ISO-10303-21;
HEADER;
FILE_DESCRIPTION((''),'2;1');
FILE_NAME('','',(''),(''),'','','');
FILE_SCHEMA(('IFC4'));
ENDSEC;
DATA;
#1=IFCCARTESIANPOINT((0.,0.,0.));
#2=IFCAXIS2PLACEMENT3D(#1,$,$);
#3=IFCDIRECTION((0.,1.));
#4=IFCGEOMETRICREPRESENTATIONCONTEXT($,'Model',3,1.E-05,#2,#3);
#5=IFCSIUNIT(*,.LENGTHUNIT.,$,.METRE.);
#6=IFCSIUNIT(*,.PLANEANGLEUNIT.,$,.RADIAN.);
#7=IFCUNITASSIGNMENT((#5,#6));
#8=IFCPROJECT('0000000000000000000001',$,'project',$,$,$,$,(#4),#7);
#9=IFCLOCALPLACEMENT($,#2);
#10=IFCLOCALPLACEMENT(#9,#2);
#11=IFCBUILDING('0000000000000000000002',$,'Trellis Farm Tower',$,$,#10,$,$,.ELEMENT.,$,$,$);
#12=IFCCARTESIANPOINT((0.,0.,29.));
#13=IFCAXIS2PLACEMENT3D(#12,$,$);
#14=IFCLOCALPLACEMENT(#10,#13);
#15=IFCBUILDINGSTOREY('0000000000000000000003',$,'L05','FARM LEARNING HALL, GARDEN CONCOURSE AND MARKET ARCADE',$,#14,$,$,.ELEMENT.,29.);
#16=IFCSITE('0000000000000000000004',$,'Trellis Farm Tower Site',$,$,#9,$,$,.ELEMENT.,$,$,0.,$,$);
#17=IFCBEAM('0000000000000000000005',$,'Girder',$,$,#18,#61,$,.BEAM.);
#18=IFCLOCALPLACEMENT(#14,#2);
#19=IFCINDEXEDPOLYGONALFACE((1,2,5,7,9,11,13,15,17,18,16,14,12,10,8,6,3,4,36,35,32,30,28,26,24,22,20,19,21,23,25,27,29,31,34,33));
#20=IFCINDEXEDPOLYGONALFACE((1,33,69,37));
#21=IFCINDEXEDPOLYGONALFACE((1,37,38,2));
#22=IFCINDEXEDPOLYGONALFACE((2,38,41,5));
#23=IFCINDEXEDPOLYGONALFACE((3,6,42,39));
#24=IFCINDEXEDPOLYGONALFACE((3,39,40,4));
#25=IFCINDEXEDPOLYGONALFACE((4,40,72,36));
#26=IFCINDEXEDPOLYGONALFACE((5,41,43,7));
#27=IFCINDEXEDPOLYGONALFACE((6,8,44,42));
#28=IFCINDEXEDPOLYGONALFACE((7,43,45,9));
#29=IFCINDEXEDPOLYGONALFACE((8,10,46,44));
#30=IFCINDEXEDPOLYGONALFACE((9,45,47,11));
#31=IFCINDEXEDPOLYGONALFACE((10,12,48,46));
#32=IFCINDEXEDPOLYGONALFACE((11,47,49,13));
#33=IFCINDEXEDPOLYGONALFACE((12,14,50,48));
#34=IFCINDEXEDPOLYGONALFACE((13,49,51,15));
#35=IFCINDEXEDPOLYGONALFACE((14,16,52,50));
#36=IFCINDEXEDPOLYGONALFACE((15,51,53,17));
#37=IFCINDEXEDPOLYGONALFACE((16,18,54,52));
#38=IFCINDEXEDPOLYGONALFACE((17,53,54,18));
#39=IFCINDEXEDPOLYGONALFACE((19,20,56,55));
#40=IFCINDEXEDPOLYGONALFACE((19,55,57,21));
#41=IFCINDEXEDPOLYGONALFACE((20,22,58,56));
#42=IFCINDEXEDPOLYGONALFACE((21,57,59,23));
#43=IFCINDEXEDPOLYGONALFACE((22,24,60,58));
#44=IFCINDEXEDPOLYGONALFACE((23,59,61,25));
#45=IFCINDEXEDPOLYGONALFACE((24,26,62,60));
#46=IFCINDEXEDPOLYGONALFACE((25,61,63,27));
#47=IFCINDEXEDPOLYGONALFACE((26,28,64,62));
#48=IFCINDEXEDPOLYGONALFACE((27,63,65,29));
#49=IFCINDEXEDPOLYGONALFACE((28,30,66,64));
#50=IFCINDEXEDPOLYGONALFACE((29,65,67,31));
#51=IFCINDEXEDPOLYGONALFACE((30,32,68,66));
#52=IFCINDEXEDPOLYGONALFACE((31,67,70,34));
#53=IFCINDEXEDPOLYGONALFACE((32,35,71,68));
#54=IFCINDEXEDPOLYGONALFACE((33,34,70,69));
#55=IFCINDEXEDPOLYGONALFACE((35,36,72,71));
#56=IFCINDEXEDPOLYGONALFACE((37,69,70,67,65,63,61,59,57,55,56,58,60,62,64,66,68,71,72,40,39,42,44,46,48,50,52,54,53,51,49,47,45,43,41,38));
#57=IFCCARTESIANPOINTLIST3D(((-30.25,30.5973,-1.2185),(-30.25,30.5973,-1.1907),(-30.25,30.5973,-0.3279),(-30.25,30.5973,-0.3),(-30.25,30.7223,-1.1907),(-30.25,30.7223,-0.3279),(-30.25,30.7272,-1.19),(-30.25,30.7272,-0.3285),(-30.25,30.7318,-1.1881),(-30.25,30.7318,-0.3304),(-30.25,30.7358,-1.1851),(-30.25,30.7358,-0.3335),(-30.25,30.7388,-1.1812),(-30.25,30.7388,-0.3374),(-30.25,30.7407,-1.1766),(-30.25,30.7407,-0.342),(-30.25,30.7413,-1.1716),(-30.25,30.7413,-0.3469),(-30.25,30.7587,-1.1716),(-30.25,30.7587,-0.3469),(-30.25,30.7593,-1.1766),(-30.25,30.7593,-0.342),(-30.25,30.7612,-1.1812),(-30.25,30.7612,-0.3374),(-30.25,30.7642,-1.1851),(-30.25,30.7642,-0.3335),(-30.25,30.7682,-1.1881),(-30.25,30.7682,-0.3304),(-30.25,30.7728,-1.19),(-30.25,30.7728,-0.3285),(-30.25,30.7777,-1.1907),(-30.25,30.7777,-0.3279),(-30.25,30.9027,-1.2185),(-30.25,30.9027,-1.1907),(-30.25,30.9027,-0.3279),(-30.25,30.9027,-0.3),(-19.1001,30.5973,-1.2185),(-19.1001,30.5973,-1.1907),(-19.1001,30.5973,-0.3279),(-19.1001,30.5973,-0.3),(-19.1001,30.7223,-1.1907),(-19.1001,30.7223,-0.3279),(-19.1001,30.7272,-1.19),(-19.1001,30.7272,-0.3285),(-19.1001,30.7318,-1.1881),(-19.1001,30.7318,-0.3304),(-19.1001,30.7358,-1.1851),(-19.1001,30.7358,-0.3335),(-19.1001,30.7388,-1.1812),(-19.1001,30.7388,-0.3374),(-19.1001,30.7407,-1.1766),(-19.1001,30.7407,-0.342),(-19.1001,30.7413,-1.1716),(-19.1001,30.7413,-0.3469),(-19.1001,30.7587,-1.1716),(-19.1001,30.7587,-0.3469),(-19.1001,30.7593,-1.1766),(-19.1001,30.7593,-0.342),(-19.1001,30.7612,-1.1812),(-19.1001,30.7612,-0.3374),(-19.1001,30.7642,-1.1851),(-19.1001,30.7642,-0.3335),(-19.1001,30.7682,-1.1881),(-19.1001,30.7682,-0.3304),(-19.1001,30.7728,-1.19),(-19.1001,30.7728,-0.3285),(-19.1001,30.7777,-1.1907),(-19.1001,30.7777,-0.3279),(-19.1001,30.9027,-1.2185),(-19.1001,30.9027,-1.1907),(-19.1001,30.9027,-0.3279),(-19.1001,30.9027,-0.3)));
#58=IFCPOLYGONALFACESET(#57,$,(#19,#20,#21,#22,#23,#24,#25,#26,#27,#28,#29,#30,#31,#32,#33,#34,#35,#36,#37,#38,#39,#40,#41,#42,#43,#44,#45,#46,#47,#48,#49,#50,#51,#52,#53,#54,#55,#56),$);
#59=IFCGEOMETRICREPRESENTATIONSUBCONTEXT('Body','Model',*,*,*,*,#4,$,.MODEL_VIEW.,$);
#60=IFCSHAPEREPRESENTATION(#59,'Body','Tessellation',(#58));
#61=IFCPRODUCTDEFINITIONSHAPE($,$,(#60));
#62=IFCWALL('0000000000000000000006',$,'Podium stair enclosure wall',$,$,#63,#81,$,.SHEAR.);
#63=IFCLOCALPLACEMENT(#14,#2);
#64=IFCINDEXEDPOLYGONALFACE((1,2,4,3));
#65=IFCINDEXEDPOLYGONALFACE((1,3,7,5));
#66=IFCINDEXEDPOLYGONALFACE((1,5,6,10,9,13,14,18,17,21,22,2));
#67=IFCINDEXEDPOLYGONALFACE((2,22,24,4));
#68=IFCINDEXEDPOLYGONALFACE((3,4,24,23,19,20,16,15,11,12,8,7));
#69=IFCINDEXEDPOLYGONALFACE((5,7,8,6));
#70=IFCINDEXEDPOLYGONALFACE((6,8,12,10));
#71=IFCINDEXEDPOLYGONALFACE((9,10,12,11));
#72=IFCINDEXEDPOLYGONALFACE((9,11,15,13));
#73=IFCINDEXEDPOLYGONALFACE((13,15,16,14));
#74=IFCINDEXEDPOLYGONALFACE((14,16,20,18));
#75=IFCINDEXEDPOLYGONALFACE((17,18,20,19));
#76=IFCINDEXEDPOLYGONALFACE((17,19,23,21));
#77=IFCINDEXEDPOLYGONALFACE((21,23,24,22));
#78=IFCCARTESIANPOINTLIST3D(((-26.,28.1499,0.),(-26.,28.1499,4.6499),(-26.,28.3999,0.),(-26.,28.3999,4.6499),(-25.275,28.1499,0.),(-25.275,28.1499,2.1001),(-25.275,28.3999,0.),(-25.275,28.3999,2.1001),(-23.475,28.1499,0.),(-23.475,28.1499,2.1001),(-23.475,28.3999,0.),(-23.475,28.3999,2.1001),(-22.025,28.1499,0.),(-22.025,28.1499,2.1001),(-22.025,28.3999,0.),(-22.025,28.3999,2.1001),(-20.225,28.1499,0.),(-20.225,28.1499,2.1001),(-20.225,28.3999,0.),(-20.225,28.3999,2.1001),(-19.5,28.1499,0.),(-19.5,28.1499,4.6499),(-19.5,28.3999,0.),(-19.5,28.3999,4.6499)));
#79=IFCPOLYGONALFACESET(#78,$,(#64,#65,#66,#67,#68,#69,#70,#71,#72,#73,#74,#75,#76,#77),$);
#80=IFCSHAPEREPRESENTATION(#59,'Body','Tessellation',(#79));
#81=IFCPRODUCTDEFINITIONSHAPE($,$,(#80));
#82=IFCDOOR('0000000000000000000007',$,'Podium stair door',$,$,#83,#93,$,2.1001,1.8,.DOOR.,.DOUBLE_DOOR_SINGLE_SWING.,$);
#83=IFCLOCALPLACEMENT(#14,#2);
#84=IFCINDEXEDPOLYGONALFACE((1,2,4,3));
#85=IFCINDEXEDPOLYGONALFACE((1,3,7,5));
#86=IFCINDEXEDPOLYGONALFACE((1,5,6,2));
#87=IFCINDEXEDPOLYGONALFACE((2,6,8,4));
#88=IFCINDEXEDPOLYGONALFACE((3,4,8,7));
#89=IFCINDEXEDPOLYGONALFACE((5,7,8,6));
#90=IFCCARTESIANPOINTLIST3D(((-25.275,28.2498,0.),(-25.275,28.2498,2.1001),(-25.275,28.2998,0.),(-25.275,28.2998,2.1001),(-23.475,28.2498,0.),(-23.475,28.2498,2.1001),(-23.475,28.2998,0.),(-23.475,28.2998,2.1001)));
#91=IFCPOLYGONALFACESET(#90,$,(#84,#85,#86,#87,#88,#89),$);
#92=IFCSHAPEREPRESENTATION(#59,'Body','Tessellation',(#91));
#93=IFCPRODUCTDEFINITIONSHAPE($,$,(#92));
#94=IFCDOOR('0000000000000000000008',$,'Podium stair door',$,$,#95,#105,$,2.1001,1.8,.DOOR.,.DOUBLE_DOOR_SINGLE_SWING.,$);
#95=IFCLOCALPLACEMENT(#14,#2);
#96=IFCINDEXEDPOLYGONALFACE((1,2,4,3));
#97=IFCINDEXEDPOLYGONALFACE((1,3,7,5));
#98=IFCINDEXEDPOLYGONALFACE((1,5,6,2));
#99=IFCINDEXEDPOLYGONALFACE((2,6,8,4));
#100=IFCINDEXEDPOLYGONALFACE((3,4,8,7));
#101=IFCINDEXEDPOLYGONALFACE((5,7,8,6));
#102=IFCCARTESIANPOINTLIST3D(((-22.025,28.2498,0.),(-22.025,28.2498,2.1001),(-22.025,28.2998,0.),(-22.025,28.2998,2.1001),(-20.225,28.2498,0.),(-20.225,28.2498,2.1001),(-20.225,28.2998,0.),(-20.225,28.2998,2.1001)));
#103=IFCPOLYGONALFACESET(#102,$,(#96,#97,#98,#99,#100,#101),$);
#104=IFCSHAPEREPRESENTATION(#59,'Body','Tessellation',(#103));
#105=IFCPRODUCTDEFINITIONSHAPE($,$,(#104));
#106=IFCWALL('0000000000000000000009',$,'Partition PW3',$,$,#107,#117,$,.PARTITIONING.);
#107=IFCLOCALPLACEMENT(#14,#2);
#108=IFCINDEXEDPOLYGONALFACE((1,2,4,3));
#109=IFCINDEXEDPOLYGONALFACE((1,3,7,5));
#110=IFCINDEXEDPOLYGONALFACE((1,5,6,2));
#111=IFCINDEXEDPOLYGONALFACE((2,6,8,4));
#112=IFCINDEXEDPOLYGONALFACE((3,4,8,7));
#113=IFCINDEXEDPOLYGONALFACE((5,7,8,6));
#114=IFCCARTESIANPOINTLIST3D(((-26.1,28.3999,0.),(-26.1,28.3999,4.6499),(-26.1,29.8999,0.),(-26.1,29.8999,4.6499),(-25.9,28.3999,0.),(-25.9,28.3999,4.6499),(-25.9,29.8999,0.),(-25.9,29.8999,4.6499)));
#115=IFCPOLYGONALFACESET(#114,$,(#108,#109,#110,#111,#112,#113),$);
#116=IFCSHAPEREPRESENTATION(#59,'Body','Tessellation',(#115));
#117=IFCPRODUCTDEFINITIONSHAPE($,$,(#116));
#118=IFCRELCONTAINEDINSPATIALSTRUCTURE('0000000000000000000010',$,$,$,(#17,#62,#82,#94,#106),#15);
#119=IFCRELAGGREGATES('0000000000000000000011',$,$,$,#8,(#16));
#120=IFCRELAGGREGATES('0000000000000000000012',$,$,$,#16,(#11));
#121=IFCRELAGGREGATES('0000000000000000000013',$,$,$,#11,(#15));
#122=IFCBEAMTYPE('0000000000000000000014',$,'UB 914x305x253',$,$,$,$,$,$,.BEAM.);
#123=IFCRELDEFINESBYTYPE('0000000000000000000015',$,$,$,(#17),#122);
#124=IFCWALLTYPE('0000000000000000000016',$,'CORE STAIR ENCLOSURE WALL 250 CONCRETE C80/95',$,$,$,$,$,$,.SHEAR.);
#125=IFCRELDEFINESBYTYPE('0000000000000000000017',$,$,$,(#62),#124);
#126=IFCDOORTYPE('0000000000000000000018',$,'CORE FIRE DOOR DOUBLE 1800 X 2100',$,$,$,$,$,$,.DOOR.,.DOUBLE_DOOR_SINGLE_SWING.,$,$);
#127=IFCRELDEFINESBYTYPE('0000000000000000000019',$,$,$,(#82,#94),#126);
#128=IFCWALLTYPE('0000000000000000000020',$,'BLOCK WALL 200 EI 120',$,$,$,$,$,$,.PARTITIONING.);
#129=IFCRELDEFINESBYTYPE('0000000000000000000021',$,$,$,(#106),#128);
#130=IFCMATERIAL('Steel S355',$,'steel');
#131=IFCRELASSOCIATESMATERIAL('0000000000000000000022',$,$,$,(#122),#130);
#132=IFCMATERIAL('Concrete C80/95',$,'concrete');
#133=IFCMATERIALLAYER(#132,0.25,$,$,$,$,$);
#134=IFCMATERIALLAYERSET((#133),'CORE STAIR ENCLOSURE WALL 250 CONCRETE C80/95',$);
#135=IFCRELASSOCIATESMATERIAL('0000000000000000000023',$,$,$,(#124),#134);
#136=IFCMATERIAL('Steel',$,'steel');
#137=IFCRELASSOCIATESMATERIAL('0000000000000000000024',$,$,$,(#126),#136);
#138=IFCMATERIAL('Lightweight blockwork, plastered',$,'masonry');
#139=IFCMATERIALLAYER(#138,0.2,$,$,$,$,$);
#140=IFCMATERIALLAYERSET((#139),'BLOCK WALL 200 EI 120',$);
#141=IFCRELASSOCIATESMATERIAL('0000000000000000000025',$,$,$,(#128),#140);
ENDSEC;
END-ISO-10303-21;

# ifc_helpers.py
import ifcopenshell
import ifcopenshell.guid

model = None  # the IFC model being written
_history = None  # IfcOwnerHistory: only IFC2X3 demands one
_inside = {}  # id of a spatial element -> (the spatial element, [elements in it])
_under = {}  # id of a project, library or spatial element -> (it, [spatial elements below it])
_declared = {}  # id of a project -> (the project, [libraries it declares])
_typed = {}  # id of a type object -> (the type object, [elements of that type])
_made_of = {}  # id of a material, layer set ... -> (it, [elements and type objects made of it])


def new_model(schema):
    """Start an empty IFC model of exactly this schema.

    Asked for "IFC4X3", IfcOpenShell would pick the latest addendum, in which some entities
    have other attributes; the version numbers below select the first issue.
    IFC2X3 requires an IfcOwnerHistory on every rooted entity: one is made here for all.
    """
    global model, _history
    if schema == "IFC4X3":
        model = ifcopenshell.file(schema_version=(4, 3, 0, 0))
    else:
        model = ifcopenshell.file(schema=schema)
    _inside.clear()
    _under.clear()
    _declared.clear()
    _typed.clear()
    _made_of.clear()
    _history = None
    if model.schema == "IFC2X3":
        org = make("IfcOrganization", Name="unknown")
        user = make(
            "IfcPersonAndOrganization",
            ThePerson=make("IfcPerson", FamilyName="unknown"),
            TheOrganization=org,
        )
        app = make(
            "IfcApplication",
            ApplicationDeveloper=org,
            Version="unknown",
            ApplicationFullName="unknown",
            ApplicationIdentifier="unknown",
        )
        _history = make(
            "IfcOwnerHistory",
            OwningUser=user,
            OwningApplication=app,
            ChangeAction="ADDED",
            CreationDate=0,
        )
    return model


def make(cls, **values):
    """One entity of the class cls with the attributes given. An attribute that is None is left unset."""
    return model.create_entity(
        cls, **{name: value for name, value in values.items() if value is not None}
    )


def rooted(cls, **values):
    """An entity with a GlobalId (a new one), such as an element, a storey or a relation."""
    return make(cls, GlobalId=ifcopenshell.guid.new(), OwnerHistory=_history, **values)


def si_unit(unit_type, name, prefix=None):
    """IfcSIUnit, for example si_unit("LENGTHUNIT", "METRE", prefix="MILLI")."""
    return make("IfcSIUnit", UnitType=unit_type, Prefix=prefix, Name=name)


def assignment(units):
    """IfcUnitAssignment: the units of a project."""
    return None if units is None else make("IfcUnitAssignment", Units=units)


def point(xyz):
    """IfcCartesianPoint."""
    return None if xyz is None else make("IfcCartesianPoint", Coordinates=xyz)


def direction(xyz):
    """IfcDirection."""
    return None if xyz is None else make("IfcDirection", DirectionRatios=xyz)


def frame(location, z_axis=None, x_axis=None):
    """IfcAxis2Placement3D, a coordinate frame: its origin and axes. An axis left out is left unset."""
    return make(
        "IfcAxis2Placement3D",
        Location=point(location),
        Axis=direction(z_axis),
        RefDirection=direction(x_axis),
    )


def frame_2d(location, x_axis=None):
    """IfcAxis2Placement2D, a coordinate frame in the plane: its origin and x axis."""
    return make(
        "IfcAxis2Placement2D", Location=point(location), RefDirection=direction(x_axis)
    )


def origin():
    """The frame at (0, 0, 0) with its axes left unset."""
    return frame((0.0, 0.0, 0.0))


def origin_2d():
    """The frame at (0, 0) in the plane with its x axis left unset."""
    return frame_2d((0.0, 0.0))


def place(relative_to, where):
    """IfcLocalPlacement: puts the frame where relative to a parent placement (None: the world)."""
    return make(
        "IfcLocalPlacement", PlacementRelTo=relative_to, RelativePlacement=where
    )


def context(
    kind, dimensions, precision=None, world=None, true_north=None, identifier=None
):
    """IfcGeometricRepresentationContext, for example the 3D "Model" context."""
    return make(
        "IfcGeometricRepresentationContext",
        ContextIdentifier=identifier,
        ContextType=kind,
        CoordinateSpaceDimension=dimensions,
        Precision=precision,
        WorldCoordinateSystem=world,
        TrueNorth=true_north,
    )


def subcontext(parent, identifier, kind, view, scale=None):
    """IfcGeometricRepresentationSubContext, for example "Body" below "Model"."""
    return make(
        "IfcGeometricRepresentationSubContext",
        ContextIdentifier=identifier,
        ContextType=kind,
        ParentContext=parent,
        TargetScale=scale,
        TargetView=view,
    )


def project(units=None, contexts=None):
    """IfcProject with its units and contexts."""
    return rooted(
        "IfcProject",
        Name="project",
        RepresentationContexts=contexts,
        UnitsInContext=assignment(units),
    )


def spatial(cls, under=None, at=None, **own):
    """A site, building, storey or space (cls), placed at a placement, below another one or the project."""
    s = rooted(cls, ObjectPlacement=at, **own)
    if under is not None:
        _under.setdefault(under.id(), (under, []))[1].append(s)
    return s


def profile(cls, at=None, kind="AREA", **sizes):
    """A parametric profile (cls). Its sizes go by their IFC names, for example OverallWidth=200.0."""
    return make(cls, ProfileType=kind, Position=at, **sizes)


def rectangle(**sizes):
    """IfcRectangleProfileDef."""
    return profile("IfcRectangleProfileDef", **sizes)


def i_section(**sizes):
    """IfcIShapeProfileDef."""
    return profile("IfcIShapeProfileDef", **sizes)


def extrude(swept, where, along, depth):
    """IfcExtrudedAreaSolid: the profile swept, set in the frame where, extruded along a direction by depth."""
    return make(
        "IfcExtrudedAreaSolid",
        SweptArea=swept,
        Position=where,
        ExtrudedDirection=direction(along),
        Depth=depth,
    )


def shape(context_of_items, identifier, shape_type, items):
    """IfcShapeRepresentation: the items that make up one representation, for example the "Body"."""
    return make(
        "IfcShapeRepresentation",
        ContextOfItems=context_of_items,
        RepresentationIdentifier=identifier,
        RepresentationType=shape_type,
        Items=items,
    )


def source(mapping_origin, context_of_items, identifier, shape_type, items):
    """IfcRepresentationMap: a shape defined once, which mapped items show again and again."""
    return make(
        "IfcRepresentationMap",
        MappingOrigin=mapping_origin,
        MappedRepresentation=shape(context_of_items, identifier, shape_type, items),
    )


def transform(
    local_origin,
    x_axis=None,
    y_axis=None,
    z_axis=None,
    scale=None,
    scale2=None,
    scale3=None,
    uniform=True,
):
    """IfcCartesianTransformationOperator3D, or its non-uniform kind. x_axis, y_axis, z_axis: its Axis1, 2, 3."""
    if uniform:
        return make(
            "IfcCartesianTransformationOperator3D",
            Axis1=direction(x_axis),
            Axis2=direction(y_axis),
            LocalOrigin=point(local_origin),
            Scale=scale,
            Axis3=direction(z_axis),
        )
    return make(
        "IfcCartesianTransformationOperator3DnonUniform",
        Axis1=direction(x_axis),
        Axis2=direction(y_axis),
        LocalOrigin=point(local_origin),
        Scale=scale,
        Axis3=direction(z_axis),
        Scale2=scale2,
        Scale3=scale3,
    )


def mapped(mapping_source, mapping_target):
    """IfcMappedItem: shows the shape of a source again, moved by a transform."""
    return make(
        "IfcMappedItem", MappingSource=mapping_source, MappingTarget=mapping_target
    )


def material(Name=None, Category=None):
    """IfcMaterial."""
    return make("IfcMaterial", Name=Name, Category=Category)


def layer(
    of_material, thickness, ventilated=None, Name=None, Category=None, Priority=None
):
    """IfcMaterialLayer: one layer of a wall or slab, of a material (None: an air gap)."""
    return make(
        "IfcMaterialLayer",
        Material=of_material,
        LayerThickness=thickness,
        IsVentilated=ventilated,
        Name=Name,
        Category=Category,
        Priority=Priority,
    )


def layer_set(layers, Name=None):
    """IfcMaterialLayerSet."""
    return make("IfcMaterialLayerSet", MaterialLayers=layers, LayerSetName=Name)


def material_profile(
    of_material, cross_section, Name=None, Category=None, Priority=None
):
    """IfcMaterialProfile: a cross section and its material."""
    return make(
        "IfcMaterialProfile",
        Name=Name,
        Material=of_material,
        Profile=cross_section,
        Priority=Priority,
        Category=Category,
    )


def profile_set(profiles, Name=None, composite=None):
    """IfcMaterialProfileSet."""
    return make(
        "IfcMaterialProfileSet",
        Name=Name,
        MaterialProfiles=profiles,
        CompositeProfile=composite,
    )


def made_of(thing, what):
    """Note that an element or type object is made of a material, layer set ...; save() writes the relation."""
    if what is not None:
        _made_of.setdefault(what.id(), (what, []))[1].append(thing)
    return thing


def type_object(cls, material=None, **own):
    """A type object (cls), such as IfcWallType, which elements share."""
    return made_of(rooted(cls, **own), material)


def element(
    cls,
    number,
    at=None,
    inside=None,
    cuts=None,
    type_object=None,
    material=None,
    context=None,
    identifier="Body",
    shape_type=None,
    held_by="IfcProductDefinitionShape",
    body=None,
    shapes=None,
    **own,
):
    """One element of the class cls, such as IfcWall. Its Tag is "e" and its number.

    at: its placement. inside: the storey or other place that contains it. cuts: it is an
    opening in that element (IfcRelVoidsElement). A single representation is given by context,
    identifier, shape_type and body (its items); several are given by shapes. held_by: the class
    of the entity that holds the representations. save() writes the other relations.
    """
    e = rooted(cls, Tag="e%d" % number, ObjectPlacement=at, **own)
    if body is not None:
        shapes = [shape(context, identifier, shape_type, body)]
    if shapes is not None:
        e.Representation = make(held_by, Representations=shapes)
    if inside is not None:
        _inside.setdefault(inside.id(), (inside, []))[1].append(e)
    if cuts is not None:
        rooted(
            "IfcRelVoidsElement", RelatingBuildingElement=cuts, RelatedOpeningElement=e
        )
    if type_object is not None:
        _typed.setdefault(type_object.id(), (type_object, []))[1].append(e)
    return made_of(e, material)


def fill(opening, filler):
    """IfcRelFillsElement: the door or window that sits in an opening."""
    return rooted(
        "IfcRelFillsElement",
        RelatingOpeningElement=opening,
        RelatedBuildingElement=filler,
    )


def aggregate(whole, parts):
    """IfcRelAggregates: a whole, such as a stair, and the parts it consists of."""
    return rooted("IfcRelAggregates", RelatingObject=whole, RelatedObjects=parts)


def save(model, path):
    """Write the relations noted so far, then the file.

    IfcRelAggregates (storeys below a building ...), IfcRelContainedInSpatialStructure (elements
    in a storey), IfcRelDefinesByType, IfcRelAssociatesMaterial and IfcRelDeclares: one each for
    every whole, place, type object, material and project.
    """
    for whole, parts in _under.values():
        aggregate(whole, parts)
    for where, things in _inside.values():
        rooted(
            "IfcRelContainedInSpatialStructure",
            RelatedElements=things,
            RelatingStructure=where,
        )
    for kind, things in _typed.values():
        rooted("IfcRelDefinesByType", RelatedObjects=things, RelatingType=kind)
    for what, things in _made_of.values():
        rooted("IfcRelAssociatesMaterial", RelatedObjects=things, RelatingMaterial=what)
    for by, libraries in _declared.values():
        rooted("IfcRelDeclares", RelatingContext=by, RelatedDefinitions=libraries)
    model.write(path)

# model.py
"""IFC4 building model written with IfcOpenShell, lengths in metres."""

from ifc_helpers import new_model, si_unit, direction, frame, frame_2d, origin, origin_2d, place, context, subcontext, project, spatial, rectangle, i_section, extrude, source, transform, mapped, material, layer, layer_set, material_profile, profile_set, type_object, element, fill, save


model = new_model("IFC4")

# Units and contexts
model_context = context("Model", 3, precision=1e-05, world=origin(), true_north=direction((0.0, 1.0)))
body_context = subcontext(model_context, "Body", "Model", "MODEL_VIEW")
ifc_project = project(units=[si_unit("LENGTHUNIT", "METRE"), si_unit("PLANEANGLEUNIT", "RADIAN")], contexts=[model_context])

# Site, building, storey
site_placement = place(None, origin())
site = spatial("IfcSite", under=ifc_project, at=site_placement, Name="Trellis Farm Tower Site", CompositionType="ELEMENT", RefElevation=0.0)
building_placement = place(site_placement, origin())
building = spatial("IfcBuilding", under=site, at=building_placement, Name="Trellis Farm Tower", CompositionType="ELEMENT")
storey_placement = place(building_placement, frame((0.0, 0.0, 29.0)))
storey = spatial("IfcBuildingStorey", under=building, at=storey_placement, Name="L05", Description="FARM LEARNING HALL, GARDEN CONCOURSE AND MARKET ARCADE", CompositionType="ELEMENT", Elevation=29.0)

# Beam
ifc_material_1 = material(Name="Steel S355", Category="steel")
ifc_material_profile = material_profile(ifc_material_1, i_section(OverallWidth=0.3054, OverallDepth=0.9185, WebThickness=0.0173, FlangeThickness=0.0278, FilletRadius=0.019, at=origin_2d()), Name="UB 914x305x253")
ifc_profile_set = profile_set([ifc_material_profile], Name="Steel S355")
beam_type = type_object("IfcBeamType", Name="UB 914x305x253", PredefinedType="BEAM", material=ifc_profile_set)
shared_shape_1 = source(origin(), body_context, "Body", "SweptSolid", [
    extrude(i_section(OverallWidth=0.3054, OverallDepth=0.9185, WebThickness=0.0173, FlangeThickness=0.0278, FilletRadius=0.019, at=origin_2d()), origin(), (0.0, 0.0, 1.0), 11.1499),
])
beam_placement = place(storey_placement, frame((-30.25, 30.75, -0.7593), z_axis=(1.0, 0.0, 0.0), x_axis=(0.0, 1.0, 0.0)))
element("IfcBeam", 1, at=beam_placement, inside=storey, type_object=beam_type, Name="Girder", PredefinedType="BEAM", context=body_context, shape_type="MappedRepresentation", body=[
    mapped(shared_shape_1, transform((0.0, 0.0, 0.0))),
])

# Wall, openings, doors
ifc_material_2 = material(Name="Concrete C80/95", Category="concrete")
ifc_layer_1 = layer(ifc_material_2, 0.25)
ifc_layer_set_1 = layer_set([ifc_layer_1], Name="CORE STAIR ENCLOSURE WALL 250 CONCRETE C80/95")
wall_type_1 = type_object("IfcWallType", Name="CORE STAIR ENCLOSURE WALL 250 CONCRETE C80/95", PredefinedType="SHEAR", material=ifc_layer_set_1)
shared_shape_2 = source(origin(), body_context, "Body", "SweptSolid", [
    extrude(rectangle(XDim=6.5, YDim=0.25, at=frame_2d((3.25, 0.0))), origin(), (0.0, 0.0, 1.0), 4.6499),
])
wall_1_placement = place(storey_placement, frame((-26.0, 28.2749, 0.0), z_axis=(0.0, 0.0, 1.0), x_axis=(1.0, 0.0, 0.0)))
wall_1 = element("IfcWall", 2, at=wall_1_placement, inside=storey, type_object=wall_type_1, Name="Podium stair enclosure wall", PredefinedType="SHEAR", context=body_context, shape_type="MappedRepresentation", body=[
    mapped(shared_shape_2, transform((0.0, 0.0, 0.0))),
])
shared_shape_3 = source(origin(), body_context, "Body", "SweptSolid", [
    extrude(rectangle(XDim=1.8, YDim=2.1001, at=frame_2d((0.8999, 1.05))), frame((0.0, 0.135, 0.0), z_axis=(0.0, -1.0, 0.0), x_axis=(1.0, 0.0, 0.0)), (0.0, 0.0, 1.0), 0.27),
])
opening_1_placement = place(wall_1_placement, frame((0.7251, 0.0, 0.0)))
opening_1 = element("IfcOpeningElement", 3, at=opening_1_placement, cuts=wall_1, PredefinedType="OPENING", context=body_context, shape_type="MappedRepresentation", body=[
    mapped(shared_shape_3, transform((0.0, 0.0, 0.0))),
])
opening_2_placement = place(wall_1_placement, frame((3.9751, 0.0, 0.0)))
opening_2 = element("IfcOpeningElement", 4, at=opening_2_placement, cuts=wall_1, PredefinedType="OPENING", context=body_context, shape_type="MappedRepresentation", body=[
    mapped(shared_shape_3, transform((0.0, 0.0, 0.0))),
])
ifc_material_3 = material(Name="Steel", Category="steel")
door_type = type_object("IfcDoorType", Name="CORE FIRE DOOR DOUBLE 1800 X 2100", OperationType="DOUBLE_DOOR_SINGLE_SWING", PredefinedType="DOOR", material=ifc_material_3)
shared_shape_4 = source(origin(), body_context, "Body", "SweptSolid", [
    extrude(rectangle(XDim=1.8, YDim=2.1001, at=frame_2d((0.8999, 1.05))), frame((0.0, 0.0249, 0.0), z_axis=(0.0, -1.0, 0.0), x_axis=(1.0, 0.0, 0.0)), (0.0, 0.0, 1.0), 0.05),
])
door_1_placement = place(opening_1_placement, origin())
door_1 = element("IfcDoor", 5, at=door_1_placement, inside=storey, type_object=door_type, Name="Podium stair door", OperationType="DOUBLE_DOOR_SINGLE_SWING", OverallHeight=2.1001, OverallWidth=1.8, PredefinedType="DOOR", context=body_context, shape_type="MappedRepresentation", body=[
    mapped(shared_shape_4, transform((0.0, 0.0, 0.0))),
])
fill(opening_1, door_1)
door_2_placement = place(opening_2_placement, origin())
door_2 = element("IfcDoor", 6, at=door_2_placement, inside=storey, type_object=door_type, Name="Podium stair door", OperationType="DOUBLE_DOOR_SINGLE_SWING", OverallHeight=2.1001, OverallWidth=1.8, PredefinedType="DOOR", context=body_context, shape_type="MappedRepresentation", body=[
    mapped(shared_shape_4, transform((0.0, 0.0, 0.0))),
])
fill(opening_2, door_2)

# Wall
ifc_material_4 = material(Name="Lightweight blockwork, plastered", Category="masonry")
ifc_layer_2 = layer(ifc_material_4, 0.2)
ifc_layer_set_2 = layer_set([ifc_layer_2], Name="BLOCK WALL 200 EI 120")
wall_type_2 = type_object("IfcWallType", Name="BLOCK WALL 200 EI 120", PredefinedType="PARTITIONING", material=ifc_layer_set_2)
shared_shape_5 = source(origin(), body_context, "Body", "SweptSolid", [
    extrude(rectangle(XDim=1.5, YDim=0.2, at=frame_2d((0.75, 0.0))), origin(), (0.0, 0.0, 1.0), 4.6499),
])
wall_2_placement = place(storey_placement, frame((-26.0, 28.3999, 0.0), z_axis=(0.0, 0.0, 1.0), x_axis=(0.0, 1.0, 0.0)))
element("IfcWall", 7, at=wall_2_placement, inside=storey, type_object=wall_type_2, Name="Partition PW3", PredefinedType="PARTITIONING", context=body_context, shape_type="MappedRepresentation", body=[
    mapped(shared_shape_5, transform((0.0, 0.0, 0.0))),
])

save(model, "model.ifc")
